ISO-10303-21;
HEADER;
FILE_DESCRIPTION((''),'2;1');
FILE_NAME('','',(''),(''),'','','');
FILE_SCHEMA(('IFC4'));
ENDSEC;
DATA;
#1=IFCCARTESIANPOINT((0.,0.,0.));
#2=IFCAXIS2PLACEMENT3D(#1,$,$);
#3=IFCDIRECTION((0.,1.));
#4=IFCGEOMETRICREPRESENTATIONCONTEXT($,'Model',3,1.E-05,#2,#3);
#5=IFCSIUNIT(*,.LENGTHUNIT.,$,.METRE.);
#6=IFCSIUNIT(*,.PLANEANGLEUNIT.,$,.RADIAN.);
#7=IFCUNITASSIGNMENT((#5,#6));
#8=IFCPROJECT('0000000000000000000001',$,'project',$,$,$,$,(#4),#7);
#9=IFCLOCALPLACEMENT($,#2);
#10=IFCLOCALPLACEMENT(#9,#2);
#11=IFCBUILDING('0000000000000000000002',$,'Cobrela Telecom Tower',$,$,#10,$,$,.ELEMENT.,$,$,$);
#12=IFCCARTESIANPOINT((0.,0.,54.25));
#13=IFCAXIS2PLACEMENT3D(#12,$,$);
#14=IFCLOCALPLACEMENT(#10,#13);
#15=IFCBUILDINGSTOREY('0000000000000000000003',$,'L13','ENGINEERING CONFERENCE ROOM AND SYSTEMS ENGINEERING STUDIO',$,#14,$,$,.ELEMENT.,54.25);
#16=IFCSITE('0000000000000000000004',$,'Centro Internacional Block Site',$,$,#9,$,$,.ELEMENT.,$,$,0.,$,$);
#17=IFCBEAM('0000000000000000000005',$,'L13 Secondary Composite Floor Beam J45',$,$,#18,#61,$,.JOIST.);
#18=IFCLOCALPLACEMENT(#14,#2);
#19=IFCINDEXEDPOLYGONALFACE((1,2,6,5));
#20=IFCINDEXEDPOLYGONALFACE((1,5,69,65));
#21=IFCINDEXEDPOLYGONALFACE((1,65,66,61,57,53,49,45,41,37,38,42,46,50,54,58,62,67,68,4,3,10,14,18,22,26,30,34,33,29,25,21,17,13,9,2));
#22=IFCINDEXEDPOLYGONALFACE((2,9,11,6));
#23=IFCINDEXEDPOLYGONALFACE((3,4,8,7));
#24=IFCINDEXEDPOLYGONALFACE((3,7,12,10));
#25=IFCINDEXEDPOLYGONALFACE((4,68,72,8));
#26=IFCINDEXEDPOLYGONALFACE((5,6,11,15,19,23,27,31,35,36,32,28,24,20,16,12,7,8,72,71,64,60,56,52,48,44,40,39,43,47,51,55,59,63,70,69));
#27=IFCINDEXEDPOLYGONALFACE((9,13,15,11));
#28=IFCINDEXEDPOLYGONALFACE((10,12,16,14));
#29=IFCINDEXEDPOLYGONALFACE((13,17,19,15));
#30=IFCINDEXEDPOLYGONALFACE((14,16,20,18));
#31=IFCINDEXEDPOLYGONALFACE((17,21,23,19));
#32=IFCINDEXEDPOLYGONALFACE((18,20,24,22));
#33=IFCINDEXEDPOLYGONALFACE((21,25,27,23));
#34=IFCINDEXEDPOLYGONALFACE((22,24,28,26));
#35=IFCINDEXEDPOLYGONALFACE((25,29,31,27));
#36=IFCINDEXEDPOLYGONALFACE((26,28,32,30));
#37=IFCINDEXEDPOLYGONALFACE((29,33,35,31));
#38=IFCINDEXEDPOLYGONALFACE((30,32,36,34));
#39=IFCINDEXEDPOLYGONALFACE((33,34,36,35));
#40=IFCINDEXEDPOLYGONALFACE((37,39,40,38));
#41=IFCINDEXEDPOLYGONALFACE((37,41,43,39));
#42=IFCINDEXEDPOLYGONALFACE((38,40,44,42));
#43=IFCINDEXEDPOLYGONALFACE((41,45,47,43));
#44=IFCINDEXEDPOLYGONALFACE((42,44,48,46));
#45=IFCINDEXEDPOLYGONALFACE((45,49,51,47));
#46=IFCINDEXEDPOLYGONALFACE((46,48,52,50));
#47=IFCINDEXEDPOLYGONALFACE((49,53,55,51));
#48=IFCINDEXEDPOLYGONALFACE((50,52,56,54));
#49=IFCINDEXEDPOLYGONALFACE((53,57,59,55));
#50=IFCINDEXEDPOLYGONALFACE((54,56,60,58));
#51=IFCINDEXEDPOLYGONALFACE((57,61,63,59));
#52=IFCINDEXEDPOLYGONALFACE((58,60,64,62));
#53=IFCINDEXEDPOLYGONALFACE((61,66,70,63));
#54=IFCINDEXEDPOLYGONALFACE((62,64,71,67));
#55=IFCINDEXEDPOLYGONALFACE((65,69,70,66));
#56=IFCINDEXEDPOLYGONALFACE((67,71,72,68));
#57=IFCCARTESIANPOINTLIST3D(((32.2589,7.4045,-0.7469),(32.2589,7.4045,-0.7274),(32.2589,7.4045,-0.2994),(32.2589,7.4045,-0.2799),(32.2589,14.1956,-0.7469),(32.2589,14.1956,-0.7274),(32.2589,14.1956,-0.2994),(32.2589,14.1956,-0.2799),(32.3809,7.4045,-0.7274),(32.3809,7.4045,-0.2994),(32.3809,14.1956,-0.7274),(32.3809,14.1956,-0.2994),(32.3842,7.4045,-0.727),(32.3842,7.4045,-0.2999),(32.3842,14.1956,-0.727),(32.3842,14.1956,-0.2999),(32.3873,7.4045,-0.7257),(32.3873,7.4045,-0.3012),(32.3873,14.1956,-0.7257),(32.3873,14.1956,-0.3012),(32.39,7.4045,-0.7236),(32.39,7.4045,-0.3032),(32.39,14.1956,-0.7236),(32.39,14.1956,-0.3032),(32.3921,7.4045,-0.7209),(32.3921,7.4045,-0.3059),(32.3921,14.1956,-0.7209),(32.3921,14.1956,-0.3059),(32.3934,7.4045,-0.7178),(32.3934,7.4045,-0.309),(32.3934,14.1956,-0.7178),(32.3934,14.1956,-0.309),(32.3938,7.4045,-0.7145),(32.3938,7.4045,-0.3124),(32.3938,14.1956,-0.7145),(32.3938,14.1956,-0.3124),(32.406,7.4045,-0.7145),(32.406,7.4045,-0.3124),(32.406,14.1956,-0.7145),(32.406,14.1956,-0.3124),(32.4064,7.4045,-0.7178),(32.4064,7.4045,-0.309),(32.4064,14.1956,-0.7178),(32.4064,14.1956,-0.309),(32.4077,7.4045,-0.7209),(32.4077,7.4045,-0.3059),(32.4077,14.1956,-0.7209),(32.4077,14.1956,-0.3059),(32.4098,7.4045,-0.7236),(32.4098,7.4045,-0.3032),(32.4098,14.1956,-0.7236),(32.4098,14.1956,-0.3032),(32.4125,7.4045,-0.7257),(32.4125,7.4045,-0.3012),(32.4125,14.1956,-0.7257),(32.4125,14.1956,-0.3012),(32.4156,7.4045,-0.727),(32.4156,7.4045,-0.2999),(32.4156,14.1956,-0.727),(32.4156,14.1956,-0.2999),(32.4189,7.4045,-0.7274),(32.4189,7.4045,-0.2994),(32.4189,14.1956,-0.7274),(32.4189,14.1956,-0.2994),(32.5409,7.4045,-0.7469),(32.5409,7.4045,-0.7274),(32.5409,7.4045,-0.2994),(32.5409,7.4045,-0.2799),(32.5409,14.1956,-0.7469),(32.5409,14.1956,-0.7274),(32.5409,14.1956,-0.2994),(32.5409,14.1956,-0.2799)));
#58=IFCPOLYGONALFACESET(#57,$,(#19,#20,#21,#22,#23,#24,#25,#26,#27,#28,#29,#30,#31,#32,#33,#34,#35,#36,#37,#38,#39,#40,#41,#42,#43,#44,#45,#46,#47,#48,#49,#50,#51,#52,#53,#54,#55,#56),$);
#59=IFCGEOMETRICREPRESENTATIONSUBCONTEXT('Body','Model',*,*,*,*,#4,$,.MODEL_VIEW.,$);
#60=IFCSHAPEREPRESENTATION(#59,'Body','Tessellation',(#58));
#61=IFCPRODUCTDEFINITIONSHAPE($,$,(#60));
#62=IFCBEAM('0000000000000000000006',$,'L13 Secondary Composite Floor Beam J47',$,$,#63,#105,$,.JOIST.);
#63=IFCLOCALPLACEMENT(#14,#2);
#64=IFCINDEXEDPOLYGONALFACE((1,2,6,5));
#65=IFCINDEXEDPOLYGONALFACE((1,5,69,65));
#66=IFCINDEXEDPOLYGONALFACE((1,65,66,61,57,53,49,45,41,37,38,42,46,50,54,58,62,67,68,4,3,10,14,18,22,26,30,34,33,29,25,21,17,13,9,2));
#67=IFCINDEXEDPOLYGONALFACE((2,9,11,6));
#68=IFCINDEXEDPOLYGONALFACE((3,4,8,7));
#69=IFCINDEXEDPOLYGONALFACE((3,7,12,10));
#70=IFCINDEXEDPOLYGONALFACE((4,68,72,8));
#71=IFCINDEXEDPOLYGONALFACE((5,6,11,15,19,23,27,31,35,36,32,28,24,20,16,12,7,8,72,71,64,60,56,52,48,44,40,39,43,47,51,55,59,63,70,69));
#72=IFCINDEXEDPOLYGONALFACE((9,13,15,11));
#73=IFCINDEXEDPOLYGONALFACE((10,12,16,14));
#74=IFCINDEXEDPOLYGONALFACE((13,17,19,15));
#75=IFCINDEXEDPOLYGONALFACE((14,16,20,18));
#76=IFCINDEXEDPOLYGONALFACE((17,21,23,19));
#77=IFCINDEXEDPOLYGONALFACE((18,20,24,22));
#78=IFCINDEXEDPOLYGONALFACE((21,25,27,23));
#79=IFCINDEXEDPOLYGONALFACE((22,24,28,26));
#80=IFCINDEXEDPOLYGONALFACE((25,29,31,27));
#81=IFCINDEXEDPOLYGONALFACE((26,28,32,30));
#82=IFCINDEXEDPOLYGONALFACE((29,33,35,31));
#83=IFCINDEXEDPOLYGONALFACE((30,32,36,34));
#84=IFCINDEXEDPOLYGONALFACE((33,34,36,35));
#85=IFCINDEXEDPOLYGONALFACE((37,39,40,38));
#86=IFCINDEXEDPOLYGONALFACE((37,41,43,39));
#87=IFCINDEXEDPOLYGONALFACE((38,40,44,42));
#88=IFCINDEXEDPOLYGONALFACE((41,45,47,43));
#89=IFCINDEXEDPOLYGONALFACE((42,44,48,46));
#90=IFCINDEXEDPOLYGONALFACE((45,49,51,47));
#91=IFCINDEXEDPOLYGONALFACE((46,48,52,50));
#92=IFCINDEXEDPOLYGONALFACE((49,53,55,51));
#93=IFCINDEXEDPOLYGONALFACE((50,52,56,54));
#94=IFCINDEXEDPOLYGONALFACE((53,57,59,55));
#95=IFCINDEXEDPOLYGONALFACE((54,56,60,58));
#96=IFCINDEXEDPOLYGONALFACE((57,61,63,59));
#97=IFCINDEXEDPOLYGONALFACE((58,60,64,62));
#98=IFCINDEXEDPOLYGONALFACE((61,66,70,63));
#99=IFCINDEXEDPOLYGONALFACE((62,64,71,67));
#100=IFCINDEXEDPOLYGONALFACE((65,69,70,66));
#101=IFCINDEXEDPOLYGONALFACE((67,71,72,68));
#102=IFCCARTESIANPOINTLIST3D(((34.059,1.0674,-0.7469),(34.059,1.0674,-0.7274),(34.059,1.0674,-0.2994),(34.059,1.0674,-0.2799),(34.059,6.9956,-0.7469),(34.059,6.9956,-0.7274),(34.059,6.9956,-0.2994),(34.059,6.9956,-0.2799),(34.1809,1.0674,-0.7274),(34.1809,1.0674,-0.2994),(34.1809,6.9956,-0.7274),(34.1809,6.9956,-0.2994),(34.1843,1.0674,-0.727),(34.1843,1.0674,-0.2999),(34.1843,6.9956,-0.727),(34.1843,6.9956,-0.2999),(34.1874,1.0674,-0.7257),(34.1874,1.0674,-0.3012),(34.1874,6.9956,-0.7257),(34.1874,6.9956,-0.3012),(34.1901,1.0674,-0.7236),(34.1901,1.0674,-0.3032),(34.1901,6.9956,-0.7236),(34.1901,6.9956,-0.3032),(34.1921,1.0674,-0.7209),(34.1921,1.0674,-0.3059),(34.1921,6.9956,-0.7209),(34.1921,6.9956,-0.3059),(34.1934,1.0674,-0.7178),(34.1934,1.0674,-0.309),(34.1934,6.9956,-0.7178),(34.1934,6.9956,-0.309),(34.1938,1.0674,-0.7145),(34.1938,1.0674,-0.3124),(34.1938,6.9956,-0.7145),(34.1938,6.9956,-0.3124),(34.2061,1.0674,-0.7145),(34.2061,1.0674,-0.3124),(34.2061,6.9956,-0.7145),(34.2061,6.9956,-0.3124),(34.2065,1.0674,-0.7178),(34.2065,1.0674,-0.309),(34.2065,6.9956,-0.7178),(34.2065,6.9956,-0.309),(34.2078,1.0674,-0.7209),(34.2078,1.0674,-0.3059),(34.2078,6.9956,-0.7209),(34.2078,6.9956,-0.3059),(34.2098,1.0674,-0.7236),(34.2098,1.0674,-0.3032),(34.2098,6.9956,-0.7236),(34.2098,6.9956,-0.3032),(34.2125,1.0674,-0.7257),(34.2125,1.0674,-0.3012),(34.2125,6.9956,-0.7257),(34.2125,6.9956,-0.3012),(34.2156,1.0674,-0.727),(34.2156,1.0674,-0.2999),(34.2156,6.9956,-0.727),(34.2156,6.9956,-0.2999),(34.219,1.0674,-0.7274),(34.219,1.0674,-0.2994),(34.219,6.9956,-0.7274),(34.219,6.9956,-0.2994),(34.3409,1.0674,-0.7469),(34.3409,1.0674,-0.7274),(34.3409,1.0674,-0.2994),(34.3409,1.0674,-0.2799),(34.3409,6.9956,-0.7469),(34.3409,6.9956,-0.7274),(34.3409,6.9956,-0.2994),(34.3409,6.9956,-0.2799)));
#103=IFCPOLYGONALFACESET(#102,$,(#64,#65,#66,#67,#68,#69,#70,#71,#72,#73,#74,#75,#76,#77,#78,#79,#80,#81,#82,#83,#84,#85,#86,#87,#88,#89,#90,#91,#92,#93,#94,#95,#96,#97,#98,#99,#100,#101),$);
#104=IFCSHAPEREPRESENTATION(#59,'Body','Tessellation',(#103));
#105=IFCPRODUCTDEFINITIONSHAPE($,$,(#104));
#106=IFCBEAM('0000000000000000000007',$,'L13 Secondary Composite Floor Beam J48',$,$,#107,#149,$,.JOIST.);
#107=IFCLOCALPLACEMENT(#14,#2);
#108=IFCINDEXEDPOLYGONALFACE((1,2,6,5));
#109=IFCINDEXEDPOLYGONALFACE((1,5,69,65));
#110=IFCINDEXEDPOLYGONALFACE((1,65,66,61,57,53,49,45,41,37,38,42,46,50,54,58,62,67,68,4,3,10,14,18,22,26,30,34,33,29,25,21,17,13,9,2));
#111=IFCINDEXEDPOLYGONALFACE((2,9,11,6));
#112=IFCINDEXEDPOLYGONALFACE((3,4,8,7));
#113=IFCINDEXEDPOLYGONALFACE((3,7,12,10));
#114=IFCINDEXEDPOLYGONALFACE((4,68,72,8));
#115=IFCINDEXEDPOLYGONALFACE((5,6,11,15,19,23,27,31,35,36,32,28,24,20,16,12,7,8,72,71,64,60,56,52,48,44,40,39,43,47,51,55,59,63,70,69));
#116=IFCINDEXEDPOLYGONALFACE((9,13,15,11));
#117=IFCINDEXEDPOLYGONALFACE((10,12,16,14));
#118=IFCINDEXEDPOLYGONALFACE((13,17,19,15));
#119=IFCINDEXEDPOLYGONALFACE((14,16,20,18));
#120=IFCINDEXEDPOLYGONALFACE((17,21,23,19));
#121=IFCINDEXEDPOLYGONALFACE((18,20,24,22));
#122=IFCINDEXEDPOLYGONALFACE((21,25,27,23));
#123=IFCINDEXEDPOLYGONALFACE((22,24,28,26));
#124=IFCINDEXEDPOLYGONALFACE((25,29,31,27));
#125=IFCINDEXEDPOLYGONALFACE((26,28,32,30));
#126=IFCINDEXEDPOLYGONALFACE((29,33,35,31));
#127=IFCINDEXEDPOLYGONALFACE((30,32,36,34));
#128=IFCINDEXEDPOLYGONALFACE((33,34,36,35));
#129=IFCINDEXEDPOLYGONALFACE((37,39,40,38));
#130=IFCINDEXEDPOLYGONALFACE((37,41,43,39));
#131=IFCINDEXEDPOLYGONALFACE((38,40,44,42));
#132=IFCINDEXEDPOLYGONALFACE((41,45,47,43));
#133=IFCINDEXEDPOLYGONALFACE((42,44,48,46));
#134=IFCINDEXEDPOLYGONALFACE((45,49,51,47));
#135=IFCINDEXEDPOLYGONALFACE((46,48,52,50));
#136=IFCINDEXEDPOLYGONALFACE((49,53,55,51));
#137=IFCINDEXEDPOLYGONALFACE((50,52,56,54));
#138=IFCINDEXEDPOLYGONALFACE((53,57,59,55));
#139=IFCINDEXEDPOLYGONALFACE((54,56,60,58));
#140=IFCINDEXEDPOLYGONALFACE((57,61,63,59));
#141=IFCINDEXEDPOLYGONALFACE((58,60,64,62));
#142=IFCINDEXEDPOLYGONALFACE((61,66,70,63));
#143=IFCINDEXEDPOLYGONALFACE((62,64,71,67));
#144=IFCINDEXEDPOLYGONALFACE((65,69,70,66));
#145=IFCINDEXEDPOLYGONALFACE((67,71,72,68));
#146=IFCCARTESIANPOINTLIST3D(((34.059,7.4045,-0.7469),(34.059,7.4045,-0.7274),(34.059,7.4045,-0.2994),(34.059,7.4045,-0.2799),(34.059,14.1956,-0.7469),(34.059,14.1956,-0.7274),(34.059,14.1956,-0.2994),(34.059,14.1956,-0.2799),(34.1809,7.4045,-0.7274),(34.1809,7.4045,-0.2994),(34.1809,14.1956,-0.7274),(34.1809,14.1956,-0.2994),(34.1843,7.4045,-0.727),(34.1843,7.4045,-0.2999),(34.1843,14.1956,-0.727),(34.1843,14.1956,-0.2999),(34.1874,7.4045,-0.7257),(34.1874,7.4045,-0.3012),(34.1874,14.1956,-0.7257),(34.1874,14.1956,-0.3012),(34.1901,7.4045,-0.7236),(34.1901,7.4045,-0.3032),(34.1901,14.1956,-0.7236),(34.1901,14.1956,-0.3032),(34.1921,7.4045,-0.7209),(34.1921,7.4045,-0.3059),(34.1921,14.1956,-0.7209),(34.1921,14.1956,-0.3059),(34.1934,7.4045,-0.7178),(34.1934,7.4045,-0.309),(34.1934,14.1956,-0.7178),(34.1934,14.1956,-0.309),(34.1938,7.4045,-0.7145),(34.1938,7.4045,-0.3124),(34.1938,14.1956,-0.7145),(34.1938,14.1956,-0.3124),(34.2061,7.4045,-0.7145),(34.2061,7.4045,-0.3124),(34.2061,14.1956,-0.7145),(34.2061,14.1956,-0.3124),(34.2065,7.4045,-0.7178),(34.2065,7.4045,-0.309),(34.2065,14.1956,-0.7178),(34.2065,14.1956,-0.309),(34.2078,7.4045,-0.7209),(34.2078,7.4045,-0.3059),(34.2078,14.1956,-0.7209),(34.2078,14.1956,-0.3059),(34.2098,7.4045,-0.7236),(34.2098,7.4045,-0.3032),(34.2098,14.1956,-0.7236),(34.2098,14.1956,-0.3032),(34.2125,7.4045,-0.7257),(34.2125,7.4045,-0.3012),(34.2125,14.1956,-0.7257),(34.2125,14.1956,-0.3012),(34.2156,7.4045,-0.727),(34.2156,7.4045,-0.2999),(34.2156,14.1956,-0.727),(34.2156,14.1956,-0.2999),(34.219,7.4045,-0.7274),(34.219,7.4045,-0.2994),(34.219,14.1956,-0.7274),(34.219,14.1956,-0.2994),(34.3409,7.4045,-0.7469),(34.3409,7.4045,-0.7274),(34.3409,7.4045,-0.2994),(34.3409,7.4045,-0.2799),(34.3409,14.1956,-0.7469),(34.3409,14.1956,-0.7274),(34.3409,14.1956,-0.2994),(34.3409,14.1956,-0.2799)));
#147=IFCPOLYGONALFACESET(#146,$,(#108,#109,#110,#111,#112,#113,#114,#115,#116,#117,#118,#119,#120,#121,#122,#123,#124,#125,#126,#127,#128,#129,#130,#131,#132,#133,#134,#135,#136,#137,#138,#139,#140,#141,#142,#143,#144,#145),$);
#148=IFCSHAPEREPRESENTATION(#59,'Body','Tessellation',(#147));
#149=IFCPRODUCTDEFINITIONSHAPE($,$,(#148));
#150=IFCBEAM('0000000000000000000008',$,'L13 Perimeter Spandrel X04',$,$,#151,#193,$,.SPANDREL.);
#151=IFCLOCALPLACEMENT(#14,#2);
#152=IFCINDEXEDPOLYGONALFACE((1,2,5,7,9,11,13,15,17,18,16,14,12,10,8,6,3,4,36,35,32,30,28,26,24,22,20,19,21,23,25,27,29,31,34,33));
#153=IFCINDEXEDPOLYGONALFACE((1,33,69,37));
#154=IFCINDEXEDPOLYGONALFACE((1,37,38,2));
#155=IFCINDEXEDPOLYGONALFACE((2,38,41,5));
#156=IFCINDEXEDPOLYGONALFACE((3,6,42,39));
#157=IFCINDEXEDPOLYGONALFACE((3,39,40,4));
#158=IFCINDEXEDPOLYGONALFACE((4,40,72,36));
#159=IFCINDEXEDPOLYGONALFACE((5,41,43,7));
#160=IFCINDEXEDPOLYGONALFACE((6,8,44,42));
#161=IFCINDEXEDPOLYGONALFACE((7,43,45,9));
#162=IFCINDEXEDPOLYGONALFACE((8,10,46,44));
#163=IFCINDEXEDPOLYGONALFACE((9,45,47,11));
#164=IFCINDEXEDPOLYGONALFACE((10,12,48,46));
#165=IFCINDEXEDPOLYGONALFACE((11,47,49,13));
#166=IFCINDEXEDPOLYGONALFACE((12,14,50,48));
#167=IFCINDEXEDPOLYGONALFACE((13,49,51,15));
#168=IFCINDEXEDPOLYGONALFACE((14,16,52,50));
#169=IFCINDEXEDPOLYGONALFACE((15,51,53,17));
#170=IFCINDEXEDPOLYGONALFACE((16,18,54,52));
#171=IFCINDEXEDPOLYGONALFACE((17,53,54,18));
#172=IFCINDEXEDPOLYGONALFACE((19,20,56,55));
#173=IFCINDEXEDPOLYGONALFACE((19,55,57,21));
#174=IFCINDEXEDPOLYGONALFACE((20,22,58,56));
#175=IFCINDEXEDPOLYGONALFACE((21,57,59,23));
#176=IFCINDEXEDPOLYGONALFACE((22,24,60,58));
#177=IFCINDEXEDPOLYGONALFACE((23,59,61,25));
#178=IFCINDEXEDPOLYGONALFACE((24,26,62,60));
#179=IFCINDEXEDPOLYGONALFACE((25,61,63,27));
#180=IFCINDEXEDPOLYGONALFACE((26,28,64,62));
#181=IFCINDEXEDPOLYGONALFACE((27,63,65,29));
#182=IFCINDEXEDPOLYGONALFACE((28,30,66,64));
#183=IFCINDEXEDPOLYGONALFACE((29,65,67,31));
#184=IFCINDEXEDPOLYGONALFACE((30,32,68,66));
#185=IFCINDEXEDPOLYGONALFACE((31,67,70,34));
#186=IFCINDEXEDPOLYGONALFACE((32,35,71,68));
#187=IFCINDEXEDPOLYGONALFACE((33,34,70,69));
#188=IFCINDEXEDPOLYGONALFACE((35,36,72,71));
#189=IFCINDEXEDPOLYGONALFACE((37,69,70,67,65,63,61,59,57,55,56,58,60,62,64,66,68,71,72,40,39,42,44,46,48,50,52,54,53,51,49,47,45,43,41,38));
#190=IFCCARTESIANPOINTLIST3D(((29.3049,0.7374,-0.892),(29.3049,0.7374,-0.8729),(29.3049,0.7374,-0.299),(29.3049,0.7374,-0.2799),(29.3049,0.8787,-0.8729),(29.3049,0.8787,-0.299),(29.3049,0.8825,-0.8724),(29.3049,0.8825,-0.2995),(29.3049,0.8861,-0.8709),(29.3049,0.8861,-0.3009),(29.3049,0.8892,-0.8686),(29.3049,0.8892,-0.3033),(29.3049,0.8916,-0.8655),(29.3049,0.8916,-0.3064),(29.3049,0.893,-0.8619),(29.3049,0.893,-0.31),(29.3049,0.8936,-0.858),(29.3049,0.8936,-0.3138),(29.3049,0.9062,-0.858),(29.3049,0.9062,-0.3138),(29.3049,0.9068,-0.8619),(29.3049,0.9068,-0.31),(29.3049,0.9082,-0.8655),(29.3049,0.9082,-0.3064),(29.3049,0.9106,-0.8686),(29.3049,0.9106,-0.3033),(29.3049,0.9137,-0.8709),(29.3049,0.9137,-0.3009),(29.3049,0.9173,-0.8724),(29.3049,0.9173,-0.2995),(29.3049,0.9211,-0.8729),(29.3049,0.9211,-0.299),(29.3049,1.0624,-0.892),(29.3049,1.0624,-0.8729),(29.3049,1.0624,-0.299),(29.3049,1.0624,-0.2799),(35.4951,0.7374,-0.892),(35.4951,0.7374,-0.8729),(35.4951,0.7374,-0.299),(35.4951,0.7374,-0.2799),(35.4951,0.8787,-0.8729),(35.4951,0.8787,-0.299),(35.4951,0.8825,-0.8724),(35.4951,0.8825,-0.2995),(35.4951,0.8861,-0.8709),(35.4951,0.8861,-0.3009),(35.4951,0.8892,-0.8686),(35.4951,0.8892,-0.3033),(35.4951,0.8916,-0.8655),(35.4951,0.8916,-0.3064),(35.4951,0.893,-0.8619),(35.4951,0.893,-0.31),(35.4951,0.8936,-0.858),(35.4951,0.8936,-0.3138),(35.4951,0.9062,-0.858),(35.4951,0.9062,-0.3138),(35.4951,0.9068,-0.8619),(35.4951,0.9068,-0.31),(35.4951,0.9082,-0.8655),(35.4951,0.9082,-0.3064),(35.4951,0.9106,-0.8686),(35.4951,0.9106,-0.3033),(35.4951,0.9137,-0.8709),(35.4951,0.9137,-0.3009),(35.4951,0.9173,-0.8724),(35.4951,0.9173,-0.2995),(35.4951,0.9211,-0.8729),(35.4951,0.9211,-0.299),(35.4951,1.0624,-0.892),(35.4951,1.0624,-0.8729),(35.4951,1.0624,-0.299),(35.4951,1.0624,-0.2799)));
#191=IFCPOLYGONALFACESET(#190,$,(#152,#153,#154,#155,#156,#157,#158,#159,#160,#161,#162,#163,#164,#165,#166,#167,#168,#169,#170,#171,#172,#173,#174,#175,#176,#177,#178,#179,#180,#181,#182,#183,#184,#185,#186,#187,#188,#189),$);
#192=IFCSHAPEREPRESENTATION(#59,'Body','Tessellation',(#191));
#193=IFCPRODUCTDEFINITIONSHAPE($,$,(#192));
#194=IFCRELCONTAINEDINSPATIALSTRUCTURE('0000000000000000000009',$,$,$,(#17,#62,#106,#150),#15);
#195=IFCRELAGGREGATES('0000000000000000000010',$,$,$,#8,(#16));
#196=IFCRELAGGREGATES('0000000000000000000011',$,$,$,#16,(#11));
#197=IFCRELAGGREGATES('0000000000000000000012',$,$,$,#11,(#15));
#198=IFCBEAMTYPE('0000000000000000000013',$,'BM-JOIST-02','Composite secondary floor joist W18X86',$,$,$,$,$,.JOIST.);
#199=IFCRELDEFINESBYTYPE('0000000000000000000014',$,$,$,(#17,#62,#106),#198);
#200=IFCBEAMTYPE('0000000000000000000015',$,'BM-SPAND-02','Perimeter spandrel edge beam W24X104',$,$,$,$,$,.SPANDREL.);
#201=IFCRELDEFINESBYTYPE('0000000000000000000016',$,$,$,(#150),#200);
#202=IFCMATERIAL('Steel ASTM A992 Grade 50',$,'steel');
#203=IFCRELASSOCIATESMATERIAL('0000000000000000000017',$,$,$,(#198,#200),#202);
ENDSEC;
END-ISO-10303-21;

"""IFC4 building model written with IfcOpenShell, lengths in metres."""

from ifc_helpers import new_model, si_unit, direction, frame, origin, origin_2d, place, context, subcontext, project, spatial, i_section, extrude, material, material_profile, profile_set, type_object, element, save


model = new_model("IFC4")

# Units and contexts
model_context = context("Model", 3, precision=1e-05, world=origin(), true_north=direction((0.0, 1.0)))
body_context = subcontext(model_context, "Body", "Model", "MODEL_VIEW")
ifc_project = project(units=[si_unit("LENGTHUNIT", "METRE"), si_unit("PLANEANGLEUNIT", "RADIAN")], contexts=[model_context])

# Site, building, storey
site_placement = place(None, origin())
site = spatial("IfcSite", under=ifc_project, at=site_placement, Name="Centro Internacional Block Site", CompositionType="ELEMENT", RefElevation=0.0)
building_placement = place(site_placement, origin())
building = spatial("IfcBuilding", under=site, at=building_placement, Name="Cobrela Telecom Tower", CompositionType="ELEMENT")
storey_placement = place(building_placement, frame((0.0, 0.0, 54.25)))
storey = spatial("IfcBuildingStorey", under=building, at=storey_placement, Name="L13", Description="ENGINEERING CONFERENCE ROOM AND SYSTEMS ENGINEERING STUDIO", CompositionType="ELEMENT", Elevation=54.25)

# Shared definitions
ifc_material_1 = material(Name="Steel ASTM A992 Grade 50", Category="steel")

# Beams
ifc_material_profile_1 = material_profile(ifc_material_1, i_section(OverallWidth=0.282, OverallDepth=0.467, WebThickness=0.0122, FlangeThickness=0.0195, FilletRadius=0.0129, at=origin_2d()), Name="W18X86")
ifc_profile_set_1 = profile_set([ifc_material_profile_1], Name="Steel ASTM A992 Grade 50")
beam_type_1 = type_object("IfcBeamType", Name="BM-JOIST-02", Description="Composite secondary floor joist W18X86", PredefinedType="JOIST", material=ifc_profile_set_1)
beam_1_placement = place(storey_placement, frame((32.3999, 7.4045, -0.5134), z_axis=(0.0, 1.0, 0.0), x_axis=(-1.0, 0.0, 0.0)))
element("IfcBeam", 1, at=beam_1_placement, inside=storey, type_object=beam_type_1, Name="L13 Secondary Composite Floor Beam J45", PredefinedType="JOIST", context=body_context, shape_type="SweptSolid", body=[
    extrude(i_section(OverallWidth=0.282, OverallDepth=0.467, WebThickness=0.0122, FlangeThickness=0.0195, FilletRadius=0.0129, at=origin_2d()), origin(), (0.0, 0.0, 1.0), 6.791),
])
beam_2_placement = place(storey_placement, frame((34.2, 1.0674, -0.5134), z_axis=(0.0, 1.0, 0.0), x_axis=(-1.0, 0.0, 0.0)))
element("IfcBeam", 2, at=beam_2_placement, inside=storey, type_object=beam_type_1, Name="L13 Secondary Composite Floor Beam J47", PredefinedType="JOIST", context=body_context, shape_type="SweptSolid", body=[
    extrude(i_section(OverallWidth=0.282, OverallDepth=0.467, WebThickness=0.0122, FlangeThickness=0.0195, FilletRadius=0.0129, at=origin_2d()), origin(), (0.0, 0.0, 1.0), 5.9282),
])
beam_3_placement = place(storey_placement, frame((34.2, 7.4045, -0.5134), z_axis=(0.0, 1.0, 0.0), x_axis=(-1.0, 0.0, 0.0)))
element("IfcBeam", 3, at=beam_3_placement, inside=storey, type_object=beam_type_1, Name="L13 Secondary Composite Floor Beam J48", PredefinedType="JOIST", context=body_context, shape_type="SweptSolid", body=[
    extrude(i_section(OverallWidth=0.282, OverallDepth=0.467, WebThickness=0.0122, FlangeThickness=0.0195, FilletRadius=0.0129, at=origin_2d()), origin(), (0.0, 0.0, 1.0), 6.791),
])
ifc_material_profile_2 = material_profile(ifc_material_1, i_section(OverallWidth=0.325, OverallDepth=0.6121, WebThickness=0.0127, FlangeThickness=0.019, FilletRadius=0.0149, at=origin_2d()), Name="W24X104")
ifc_profile_set_2 = profile_set([ifc_material_profile_2], Name="Steel ASTM A992 Grade 50")
beam_type_2 = type_object("IfcBeamType", Name="BM-SPAND-02", Description="Perimeter spandrel edge beam W24X104", PredefinedType="SPANDREL", material=ifc_profile_set_2)
beam_4_placement = place(storey_placement, frame((29.3049, 0.8999, -0.5859), z_axis=(1.0, 0.0, 0.0), x_axis=(0.0, 1.0, 0.0)))
element("IfcBeam", 4, at=beam_4_placement, inside=storey, type_object=beam_type_2, Name="L13 Perimeter Spandrel X04", PredefinedType="SPANDREL", context=body_context, shape_type="SweptSolid", body=[
    extrude(i_section(OverallWidth=0.325, OverallDepth=0.6121, WebThickness=0.0127, FlangeThickness=0.019, FilletRadius=0.0149, at=origin_2d()), origin(), (0.0, 0.0, 1.0), 6.1902),
])

save(model, "model.ifc")
